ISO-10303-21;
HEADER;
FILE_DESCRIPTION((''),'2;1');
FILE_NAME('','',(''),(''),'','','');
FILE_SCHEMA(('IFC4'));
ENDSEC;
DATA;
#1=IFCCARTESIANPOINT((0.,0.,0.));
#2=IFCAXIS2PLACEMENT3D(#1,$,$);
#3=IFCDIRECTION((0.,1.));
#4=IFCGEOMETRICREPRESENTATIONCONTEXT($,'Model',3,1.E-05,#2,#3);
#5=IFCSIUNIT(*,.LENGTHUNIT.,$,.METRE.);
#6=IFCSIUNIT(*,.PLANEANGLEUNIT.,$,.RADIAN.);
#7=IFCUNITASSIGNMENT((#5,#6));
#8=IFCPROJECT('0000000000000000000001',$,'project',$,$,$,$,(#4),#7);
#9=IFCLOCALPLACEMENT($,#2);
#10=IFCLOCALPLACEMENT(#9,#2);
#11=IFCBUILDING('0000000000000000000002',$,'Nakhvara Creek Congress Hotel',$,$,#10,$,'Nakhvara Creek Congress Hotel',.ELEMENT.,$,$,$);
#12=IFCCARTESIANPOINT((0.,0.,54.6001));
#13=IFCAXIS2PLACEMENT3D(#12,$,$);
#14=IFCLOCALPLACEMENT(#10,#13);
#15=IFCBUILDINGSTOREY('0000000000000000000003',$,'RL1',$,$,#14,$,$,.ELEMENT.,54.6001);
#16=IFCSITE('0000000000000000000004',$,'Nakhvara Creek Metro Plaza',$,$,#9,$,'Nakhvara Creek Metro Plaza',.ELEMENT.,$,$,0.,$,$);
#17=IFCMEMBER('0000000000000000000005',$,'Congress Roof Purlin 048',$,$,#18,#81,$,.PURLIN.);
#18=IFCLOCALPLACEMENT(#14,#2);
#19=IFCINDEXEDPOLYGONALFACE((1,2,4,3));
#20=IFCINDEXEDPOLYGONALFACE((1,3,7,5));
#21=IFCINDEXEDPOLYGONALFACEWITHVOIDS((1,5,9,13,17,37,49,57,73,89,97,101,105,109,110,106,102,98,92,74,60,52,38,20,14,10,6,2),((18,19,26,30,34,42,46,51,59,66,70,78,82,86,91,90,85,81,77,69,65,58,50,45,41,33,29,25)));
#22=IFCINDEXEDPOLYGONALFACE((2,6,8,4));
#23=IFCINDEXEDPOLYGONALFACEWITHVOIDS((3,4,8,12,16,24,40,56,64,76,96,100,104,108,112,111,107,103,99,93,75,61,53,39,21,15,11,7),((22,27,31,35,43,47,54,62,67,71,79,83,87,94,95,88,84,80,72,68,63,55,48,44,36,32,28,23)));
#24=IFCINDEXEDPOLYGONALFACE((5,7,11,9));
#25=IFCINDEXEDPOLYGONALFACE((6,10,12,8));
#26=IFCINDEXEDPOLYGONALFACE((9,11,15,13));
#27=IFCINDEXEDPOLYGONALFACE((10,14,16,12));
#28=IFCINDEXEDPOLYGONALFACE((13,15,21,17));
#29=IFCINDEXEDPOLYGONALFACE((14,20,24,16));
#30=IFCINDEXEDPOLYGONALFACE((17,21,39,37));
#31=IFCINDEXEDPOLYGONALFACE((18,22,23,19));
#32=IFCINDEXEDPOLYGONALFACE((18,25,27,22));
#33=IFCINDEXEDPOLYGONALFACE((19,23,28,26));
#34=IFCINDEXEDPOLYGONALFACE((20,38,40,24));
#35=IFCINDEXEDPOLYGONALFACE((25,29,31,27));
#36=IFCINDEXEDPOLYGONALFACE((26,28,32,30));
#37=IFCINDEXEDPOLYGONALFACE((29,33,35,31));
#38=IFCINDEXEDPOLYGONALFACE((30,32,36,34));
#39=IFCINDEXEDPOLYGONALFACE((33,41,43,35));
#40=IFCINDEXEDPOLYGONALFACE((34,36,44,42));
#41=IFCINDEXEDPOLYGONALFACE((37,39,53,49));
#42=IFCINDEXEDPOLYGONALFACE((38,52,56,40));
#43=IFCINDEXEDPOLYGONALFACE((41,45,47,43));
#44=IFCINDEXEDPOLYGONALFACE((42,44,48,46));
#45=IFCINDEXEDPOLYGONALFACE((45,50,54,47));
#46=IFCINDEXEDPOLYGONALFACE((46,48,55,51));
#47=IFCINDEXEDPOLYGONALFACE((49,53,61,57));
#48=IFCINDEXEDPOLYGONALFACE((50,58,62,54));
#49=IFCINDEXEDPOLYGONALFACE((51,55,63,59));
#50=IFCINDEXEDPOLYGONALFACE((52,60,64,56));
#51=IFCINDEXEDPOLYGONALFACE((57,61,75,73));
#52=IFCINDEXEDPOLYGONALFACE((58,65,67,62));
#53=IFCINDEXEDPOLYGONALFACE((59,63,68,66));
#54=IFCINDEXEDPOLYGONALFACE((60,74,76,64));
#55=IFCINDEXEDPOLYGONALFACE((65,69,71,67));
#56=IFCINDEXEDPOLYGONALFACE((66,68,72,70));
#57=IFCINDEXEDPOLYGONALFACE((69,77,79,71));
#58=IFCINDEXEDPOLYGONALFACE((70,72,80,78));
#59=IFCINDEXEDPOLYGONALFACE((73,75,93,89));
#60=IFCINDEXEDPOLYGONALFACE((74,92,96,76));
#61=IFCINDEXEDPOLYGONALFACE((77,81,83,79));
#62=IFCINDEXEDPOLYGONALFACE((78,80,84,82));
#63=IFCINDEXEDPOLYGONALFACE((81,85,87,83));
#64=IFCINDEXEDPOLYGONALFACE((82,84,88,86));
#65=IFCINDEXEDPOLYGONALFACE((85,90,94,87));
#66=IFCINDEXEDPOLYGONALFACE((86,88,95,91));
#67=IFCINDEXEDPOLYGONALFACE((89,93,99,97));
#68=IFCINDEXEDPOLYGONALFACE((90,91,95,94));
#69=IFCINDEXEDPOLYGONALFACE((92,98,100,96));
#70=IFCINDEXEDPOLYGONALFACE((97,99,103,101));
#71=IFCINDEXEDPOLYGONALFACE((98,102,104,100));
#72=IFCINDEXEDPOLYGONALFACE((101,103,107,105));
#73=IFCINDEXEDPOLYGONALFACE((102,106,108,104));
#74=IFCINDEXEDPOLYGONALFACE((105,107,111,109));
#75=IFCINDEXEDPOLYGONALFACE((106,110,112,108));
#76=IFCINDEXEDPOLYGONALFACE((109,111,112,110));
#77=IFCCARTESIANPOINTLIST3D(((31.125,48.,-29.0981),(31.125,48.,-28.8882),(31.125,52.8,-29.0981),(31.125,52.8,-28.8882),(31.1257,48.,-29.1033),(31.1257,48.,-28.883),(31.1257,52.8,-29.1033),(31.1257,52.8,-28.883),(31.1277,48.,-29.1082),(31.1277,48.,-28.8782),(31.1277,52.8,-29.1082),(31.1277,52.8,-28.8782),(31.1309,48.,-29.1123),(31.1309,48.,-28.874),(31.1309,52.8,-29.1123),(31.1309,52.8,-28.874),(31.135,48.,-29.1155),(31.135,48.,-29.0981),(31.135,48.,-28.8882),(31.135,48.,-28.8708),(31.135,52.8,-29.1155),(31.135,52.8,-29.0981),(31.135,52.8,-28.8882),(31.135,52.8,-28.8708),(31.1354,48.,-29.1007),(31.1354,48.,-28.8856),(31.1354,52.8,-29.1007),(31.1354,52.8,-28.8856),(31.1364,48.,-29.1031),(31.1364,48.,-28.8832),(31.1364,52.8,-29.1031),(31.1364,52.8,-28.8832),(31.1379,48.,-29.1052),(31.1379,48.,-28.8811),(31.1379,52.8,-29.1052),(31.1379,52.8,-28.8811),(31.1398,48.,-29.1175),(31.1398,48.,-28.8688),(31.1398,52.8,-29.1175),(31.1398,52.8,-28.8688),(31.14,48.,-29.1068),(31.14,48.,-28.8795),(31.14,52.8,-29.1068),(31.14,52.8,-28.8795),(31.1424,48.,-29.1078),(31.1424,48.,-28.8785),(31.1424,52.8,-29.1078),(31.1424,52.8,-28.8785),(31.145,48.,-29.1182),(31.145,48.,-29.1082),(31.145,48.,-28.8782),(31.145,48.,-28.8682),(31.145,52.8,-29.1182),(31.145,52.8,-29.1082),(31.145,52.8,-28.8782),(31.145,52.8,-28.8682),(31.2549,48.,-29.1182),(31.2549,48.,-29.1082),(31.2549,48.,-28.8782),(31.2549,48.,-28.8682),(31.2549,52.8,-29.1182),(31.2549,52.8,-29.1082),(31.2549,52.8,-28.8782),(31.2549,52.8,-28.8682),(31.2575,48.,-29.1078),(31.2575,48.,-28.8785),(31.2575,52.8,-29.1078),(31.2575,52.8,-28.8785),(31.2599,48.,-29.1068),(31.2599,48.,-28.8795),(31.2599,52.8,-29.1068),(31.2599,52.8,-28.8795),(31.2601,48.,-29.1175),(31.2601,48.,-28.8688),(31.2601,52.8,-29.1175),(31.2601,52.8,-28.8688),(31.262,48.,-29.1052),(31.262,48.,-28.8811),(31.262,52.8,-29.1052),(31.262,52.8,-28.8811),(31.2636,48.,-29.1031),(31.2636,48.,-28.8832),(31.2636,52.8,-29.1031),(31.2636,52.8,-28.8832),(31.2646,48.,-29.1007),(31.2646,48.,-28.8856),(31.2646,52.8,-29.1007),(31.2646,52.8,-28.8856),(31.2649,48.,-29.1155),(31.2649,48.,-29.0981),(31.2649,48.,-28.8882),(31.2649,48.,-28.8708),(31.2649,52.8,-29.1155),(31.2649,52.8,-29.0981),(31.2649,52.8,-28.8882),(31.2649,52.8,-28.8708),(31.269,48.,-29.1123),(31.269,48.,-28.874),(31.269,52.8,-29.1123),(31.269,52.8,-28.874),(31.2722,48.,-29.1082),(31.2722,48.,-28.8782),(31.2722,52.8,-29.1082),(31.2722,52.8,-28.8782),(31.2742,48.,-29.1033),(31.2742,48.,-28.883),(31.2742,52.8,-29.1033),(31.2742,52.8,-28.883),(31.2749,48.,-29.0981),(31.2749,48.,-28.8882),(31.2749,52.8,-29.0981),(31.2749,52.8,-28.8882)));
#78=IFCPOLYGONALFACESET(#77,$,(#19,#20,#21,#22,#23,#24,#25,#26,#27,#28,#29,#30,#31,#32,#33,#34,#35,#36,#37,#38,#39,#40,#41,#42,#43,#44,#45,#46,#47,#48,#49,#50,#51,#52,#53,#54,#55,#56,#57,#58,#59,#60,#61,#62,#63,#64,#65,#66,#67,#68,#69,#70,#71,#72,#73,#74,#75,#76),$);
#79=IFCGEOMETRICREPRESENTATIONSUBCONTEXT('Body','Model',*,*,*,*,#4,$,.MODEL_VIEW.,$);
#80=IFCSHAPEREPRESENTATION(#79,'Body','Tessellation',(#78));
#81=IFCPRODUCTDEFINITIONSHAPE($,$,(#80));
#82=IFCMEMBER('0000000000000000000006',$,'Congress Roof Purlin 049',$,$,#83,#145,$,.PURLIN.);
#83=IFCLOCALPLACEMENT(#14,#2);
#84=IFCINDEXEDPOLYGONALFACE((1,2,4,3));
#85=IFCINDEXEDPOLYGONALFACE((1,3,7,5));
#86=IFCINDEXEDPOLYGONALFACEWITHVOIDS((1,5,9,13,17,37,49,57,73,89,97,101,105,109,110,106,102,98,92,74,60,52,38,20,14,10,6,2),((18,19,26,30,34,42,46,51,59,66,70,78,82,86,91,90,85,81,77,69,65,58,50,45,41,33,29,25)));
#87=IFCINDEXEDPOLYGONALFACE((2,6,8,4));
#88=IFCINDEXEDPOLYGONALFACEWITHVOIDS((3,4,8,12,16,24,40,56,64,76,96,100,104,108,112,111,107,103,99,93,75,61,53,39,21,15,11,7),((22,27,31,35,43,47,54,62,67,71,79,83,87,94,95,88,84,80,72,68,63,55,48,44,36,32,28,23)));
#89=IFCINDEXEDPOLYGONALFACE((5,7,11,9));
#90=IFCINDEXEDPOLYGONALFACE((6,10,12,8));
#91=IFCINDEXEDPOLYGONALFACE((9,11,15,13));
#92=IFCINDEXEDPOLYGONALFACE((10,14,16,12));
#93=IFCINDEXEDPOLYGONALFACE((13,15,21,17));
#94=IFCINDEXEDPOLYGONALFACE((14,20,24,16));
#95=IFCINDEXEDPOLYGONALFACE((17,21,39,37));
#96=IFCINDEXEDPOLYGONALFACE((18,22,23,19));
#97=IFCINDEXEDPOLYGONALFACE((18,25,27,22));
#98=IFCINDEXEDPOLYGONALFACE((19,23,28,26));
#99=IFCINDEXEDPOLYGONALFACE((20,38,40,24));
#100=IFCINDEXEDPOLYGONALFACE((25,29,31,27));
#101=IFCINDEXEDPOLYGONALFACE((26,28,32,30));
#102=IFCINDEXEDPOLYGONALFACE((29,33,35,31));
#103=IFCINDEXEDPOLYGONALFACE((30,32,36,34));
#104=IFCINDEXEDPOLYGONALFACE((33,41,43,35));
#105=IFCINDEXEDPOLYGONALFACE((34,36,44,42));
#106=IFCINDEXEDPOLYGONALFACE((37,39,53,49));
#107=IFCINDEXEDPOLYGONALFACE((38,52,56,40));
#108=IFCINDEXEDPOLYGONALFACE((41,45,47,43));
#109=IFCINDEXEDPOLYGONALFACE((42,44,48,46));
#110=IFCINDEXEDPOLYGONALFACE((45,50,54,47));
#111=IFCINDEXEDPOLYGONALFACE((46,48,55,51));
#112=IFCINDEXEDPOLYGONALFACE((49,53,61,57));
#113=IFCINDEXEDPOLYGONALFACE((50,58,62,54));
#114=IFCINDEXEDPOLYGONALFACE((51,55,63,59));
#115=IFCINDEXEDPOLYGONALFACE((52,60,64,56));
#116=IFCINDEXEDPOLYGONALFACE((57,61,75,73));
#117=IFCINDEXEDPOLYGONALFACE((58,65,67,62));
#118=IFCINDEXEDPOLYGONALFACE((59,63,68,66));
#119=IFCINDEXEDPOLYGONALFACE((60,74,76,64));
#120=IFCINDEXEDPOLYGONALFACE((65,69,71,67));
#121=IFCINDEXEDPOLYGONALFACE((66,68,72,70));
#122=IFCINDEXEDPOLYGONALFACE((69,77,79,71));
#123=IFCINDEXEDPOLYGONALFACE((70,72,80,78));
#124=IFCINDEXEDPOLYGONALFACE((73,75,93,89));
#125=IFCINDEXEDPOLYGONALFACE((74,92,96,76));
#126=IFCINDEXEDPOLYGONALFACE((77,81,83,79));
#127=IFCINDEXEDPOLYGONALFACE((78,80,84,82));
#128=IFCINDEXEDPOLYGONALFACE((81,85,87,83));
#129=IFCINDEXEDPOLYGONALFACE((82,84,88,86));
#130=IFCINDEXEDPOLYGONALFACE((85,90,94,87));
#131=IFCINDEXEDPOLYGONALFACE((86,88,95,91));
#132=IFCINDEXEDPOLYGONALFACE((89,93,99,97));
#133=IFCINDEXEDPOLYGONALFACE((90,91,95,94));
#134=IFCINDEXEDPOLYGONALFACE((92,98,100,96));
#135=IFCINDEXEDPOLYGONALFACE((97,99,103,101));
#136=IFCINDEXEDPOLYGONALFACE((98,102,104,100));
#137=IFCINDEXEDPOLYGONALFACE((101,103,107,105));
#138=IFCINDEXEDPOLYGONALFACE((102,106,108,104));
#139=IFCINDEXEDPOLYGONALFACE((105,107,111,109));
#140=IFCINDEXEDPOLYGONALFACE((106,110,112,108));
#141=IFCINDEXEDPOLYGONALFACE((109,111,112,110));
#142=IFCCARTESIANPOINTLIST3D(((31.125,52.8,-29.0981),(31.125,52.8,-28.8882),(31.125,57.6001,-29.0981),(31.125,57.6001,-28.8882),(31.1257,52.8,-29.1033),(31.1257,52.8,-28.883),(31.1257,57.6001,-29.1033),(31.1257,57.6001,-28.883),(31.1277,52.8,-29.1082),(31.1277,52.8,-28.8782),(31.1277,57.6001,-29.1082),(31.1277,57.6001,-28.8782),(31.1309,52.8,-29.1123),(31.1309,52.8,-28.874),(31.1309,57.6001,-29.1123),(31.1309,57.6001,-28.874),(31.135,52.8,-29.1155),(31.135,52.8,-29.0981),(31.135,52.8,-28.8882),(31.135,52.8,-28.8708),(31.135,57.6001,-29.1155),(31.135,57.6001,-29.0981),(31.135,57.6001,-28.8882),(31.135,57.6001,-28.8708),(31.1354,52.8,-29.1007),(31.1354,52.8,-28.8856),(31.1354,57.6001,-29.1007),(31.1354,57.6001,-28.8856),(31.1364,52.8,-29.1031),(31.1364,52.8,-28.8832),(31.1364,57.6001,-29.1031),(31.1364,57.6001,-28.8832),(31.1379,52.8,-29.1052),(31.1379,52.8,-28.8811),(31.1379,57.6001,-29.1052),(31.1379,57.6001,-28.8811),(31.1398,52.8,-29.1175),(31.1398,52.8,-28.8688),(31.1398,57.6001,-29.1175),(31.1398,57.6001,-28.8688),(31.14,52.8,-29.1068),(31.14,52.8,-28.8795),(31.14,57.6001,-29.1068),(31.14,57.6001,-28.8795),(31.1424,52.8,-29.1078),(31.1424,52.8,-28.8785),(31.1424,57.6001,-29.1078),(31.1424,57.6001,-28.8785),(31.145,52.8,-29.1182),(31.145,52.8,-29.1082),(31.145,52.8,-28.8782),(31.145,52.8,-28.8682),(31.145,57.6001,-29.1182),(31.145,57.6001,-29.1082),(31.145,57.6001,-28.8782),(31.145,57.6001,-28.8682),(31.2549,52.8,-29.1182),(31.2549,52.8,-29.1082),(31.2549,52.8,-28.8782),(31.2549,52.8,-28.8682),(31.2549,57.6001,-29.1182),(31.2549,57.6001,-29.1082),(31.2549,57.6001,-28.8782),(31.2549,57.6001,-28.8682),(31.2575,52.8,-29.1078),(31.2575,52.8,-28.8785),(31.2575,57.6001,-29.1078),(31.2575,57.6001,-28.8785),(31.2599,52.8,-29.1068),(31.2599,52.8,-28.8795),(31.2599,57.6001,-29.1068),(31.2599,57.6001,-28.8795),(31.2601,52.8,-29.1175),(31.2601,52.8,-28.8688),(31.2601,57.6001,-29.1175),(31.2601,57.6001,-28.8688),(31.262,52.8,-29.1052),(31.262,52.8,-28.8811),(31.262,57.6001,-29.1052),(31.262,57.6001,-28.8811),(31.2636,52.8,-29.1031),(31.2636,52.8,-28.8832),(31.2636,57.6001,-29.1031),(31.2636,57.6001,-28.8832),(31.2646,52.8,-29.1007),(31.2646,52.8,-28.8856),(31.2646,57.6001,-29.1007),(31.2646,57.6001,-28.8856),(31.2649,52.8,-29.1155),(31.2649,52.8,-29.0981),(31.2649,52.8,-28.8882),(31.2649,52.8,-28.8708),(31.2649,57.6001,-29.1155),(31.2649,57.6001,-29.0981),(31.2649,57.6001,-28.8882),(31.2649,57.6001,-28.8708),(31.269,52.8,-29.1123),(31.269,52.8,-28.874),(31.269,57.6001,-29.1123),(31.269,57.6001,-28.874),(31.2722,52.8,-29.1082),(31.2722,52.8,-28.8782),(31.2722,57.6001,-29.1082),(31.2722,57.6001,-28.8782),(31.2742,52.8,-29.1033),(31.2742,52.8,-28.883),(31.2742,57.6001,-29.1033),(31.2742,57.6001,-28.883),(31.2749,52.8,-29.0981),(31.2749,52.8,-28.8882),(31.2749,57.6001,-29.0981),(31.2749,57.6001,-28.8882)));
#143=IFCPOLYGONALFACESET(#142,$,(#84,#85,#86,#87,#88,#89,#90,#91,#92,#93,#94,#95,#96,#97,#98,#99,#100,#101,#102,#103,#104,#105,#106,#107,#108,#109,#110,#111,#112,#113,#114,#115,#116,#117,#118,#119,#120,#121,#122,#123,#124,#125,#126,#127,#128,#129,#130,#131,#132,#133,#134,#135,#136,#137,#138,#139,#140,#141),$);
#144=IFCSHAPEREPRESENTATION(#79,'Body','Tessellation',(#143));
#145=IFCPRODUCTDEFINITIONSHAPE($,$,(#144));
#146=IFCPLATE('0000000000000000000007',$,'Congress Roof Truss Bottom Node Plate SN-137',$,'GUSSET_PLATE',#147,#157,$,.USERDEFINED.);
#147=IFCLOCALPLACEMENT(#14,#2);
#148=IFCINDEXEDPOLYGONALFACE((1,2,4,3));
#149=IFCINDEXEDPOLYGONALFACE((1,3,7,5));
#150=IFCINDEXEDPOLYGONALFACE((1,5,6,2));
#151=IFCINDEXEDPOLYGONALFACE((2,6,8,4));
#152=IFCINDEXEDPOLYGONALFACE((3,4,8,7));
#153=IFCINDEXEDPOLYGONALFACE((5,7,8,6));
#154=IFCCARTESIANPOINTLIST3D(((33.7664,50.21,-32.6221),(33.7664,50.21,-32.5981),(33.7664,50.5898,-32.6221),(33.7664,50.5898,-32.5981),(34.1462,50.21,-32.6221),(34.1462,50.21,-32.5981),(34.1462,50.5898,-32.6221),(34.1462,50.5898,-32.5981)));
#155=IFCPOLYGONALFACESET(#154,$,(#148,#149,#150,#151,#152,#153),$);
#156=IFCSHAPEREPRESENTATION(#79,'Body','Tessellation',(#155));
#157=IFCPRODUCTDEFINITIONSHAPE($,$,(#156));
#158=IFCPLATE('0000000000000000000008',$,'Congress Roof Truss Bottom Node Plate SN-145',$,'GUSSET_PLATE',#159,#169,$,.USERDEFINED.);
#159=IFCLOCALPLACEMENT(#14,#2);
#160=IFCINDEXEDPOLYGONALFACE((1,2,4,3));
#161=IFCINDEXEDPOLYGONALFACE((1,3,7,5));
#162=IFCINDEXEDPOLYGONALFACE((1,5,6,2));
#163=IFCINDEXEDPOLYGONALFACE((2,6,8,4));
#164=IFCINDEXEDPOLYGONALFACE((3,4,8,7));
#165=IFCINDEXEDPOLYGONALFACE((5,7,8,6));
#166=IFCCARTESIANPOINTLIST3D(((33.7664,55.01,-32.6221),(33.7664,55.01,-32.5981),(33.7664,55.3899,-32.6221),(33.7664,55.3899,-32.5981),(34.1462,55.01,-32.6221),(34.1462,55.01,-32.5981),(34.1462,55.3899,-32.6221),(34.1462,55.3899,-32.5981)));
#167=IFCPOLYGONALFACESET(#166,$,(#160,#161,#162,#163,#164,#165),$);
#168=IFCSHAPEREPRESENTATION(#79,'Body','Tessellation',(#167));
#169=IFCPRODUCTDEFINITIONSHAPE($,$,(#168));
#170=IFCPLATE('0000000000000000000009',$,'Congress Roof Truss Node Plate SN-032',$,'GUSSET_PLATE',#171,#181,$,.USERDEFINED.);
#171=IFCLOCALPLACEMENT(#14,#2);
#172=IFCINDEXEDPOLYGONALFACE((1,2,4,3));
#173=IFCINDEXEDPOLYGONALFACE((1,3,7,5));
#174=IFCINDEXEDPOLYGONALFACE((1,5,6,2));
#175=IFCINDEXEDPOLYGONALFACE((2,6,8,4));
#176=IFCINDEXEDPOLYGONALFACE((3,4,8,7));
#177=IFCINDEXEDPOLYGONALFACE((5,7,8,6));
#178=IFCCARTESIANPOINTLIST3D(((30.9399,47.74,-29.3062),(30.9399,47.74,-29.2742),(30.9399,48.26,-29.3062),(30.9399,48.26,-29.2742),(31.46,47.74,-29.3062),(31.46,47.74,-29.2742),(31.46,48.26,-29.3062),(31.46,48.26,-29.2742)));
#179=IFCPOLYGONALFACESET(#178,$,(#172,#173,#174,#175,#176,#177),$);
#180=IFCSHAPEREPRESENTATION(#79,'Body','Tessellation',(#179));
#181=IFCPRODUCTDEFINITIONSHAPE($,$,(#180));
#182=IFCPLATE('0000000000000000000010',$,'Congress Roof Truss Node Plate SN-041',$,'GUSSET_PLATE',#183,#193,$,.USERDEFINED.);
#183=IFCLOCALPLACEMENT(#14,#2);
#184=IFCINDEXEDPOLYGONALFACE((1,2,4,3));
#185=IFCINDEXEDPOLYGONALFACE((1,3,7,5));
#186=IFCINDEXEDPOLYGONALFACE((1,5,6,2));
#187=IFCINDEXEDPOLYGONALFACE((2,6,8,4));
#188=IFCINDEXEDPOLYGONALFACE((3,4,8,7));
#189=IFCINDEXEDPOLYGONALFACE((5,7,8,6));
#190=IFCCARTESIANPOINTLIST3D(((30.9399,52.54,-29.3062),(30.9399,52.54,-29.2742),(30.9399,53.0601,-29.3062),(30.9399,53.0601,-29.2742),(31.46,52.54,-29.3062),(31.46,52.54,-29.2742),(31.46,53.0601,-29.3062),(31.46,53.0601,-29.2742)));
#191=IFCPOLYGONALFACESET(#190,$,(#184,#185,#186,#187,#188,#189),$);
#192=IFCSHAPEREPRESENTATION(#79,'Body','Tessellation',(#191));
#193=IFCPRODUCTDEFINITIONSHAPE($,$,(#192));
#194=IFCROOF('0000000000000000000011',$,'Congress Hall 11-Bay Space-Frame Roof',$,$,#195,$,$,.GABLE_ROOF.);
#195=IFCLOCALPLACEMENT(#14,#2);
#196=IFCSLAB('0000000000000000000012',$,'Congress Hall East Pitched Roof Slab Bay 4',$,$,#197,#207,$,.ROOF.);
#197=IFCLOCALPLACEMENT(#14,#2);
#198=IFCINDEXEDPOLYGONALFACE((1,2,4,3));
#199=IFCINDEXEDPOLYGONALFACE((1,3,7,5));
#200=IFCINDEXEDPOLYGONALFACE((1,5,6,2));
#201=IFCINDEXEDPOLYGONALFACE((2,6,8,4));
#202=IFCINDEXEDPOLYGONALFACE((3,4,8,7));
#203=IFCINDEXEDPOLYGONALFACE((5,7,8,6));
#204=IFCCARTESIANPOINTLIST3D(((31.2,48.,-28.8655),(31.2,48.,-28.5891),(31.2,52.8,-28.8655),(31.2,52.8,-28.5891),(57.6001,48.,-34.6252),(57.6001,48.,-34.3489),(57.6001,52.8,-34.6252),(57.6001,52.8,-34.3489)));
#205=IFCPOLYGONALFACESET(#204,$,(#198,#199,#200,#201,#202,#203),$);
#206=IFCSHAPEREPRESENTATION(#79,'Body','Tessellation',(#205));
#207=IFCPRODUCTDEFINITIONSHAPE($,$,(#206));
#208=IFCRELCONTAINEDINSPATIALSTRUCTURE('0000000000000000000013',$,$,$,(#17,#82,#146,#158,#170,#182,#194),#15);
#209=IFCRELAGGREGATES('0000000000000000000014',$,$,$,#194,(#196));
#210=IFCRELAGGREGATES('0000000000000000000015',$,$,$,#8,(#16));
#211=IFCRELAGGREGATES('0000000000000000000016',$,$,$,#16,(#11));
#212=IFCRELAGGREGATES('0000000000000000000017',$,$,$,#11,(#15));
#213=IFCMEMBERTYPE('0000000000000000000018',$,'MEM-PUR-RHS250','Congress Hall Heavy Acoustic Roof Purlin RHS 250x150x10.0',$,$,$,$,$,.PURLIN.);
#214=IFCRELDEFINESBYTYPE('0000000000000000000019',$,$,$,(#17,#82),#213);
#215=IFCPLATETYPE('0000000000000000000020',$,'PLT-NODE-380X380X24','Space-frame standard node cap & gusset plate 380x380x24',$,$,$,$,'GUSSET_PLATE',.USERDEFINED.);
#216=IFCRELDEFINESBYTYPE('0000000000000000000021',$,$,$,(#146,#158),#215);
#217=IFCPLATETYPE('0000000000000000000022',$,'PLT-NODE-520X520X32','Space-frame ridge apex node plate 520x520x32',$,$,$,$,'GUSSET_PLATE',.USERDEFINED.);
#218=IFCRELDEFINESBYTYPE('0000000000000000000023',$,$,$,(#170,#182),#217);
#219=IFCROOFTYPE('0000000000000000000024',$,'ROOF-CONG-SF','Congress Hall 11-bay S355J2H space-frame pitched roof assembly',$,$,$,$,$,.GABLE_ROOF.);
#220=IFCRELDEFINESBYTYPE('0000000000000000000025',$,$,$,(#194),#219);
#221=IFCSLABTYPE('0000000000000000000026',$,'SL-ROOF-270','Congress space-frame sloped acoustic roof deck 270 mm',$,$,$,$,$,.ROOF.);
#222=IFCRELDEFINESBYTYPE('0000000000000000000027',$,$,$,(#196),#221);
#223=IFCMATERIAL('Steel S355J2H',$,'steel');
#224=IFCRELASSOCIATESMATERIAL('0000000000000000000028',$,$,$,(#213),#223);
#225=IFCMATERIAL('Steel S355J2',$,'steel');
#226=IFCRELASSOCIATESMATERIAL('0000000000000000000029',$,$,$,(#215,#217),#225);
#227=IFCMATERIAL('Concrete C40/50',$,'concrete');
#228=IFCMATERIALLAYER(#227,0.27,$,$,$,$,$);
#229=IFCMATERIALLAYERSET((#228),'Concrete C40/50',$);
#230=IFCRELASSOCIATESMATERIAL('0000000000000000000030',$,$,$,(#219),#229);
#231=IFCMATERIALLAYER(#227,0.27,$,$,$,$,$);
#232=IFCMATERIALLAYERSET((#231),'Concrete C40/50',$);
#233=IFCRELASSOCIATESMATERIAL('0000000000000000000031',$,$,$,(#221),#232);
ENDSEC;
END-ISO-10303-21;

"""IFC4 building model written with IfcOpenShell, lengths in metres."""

from ifc_helpers import new_model, si_unit, direction, frame, origin, origin_2d, place, context, subcontext, project, spatial, polyline, rectangle, hollow_rectangle, outline, extrude, material, layer, layer_set, material_profile, profile_set, type_object, element, aggregate, save


model = new_model("IFC4")

# Units and contexts
model_context = context("Model", 3, precision=1e-05, world=origin(), true_north=direction((0.0, 1.0)))
body_context = subcontext(model_context, "Body", "Model", "MODEL_VIEW")
ifc_project = project(units=[si_unit("LENGTHUNIT", "METRE"), si_unit("PLANEANGLEUNIT", "RADIAN")], contexts=[model_context])

# Site, building, storey
site_placement = place(None, origin())
site = spatial("IfcSite", under=ifc_project, at=site_placement, Name="Nakhvara Creek Metro Plaza", LongName="Nakhvara Creek Metro Plaza", CompositionType="ELEMENT", RefElevation=0.0)
building_placement = place(site_placement, origin())
building = spatial("IfcBuilding", under=site, at=building_placement, Name="Nakhvara Creek Congress Hotel", LongName="Nakhvara Creek Congress Hotel", CompositionType="ELEMENT")
storey_placement = place(building_placement, frame((0.0, 0.0, 54.6001)))
storey = spatial("IfcBuildingStorey", under=building, at=storey_placement, Name="RL1", CompositionType="ELEMENT", Elevation=54.6001)

# Members
ifc_material_1 = material(Name="Steel S355J2H", Category="steel")
ifc_material_profile_1 = material_profile(ifc_material_1, hollow_rectangle(XDim=0.1499, YDim=0.25, WallThickness=0.01, InnerFilletRadius=0.01, OuterFilletRadius=0.02, at=origin_2d()), Name="RHS 250x150x10.0", Category="LoadBearing")
ifc_profile_set_1 = profile_set([ifc_material_profile_1], Name="Steel S355J2H")
member_type_1 = type_object("IfcMemberType", Name="MEM-PUR-RHS250", Description="Congress Hall Heavy Acoustic Roof Purlin RHS 250x150x10.0", PredefinedType="PURLIN", material=ifc_profile_set_1)
for number, where, z_axis, x_axis, name in (
    (1, (31.2, 48.0, -28.9932), (0.0, 1.0, 0.0), (-1.0, 0.0, 0.0), "Congress Roof Purlin 048"),
    (2, (31.2, 52.8, -28.9932), (0.0, 1.0, 0.0), (-1.0, 0.0, 0.0), "Congress Roof Purlin 049"),
):
    element("IfcMember", number, at=place(storey_placement, frame(where, z_axis=z_axis, x_axis=x_axis)), inside=storey, type_object=member_type_1, Name=name, PredefinedType="PURLIN", context=body_context, shape_type="SweptSolid", body=[
        extrude(hollow_rectangle(XDim=0.1499, YDim=0.25, WallThickness=0.01, InnerFilletRadius=0.01, OuterFilletRadius=0.02, at=origin_2d()), origin(), (0.0, 0.0, 1.0), 4.8),
    ])

# Plates
ifc_material_2 = material(Name="Steel S355J2", Category="steel")
plate_type_1 = type_object("IfcPlateType", Name="PLT-NODE-380X380X24", Description="Space-frame standard node cap & gusset plate 380x380x24", ElementType="GUSSET_PLATE", PredefinedType="USERDEFINED", material=ifc_material_2)
for number, where, z_axis, x_axis, name in (
    (3, (33.9563, 50.3999, -32.6221), (0.0, 0.0, 1.0), (1.0, 0.0, 0.0), "Congress Roof Truss Bottom Node Plate SN-137"),
    (4, (33.9563, 55.2, -32.6221), (0.0, 0.0, 1.0), (1.0, 0.0, 0.0), "Congress Roof Truss Bottom Node Plate SN-145"),
):
    element("IfcPlate", number, at=place(storey_placement, frame(where, z_axis=z_axis, x_axis=x_axis)), inside=storey, type_object=plate_type_1, Name=name, ObjectType="GUSSET_PLATE", PredefinedType="USERDEFINED", context=body_context, shape_type="SweptSolid", body=[
        extrude(rectangle(XDim=0.3799, YDim=0.3799, at=origin_2d()), origin(), (0.0, 0.0, 1.0), 0.0239),
    ])
plate_type_2 = type_object("IfcPlateType", Name="PLT-NODE-520X520X32", Description="Space-frame ridge apex node plate 520x520x32", ElementType="GUSSET_PLATE", PredefinedType="USERDEFINED", material=ifc_material_2)
for number, where, z_axis, x_axis, name in (
    (5, (31.2, 48.0, -29.3062), (0.0, 0.0, 1.0), (1.0, 0.0, 0.0), "Congress Roof Truss Node Plate SN-032"),
    (6, (31.2, 52.8, -29.3062), (0.0, 0.0, 1.0), (1.0, 0.0, 0.0), "Congress Roof Truss Node Plate SN-041"),
):
    element("IfcPlate", number, at=place(storey_placement, frame(where, z_axis=z_axis, x_axis=x_axis)), inside=storey, type_object=plate_type_2, Name=name, ObjectType="GUSSET_PLATE", PredefinedType="USERDEFINED", context=body_context, shape_type="SweptSolid", body=[
        extrude(rectangle(XDim=0.52, YDim=0.52, at=origin_2d()), origin(), (0.0, 0.0, 1.0), 0.032),
    ])

# Roof, slab
ifc_material_3 = material(Name="Concrete C40/50", Category="concrete")
ifc_layer_1 = layer(ifc_material_3, 0.27)
ifc_layer_set_1 = layer_set([ifc_layer_1], Name="Concrete C40/50")
roof_type = type_object("IfcRoofType", Name="ROOF-CONG-SF", Description="Congress Hall 11-bay S355J2H space-frame pitched roof assembly", PredefinedType="GABLE_ROOF", material=ifc_layer_set_1)
roof_placement = place(storey_placement, origin())
roof = element("IfcRoof", 7, at=roof_placement, inside=storey, type_object=roof_type, Name="Congress Hall 11-Bay Space-Frame Roof", PredefinedType="GABLE_ROOF")
ifc_layer_2 = layer(ifc_material_3, 0.27)
ifc_layer_set_2 = layer_set([ifc_layer_2], Name="Concrete C40/50")
slab_type = type_object("IfcSlabType", Name="SL-ROOF-270", Description="Congress space-frame sloped acoustic roof deck 270 mm", PredefinedType="ROOF", material=ifc_layer_set_2)
slab_1_placement = place(storey_placement, frame((31.2, 48.0, -28.5891), z_axis=(0.0, 0.0, 1.0), x_axis=(1.0, 0.0, 0.0)))
slab_1 = element("IfcSlab", 8, at=slab_1_placement, type_object=slab_type, Name="Congress Hall East Pitched Roof Slab Bay 4", PredefinedType="ROOF", context=body_context, shape_type="SweptSolid", body=[
    extrude(outline(polyline([(0.0, 0.0), (26.4001, -5.7598), (26.4001, -6.0361), (0.0, -0.2764), (0.0, 0.0)])), frame((0.0, 4.8, 0.0), z_axis=(0.0, -1.0, 0.0), x_axis=(1.0, 0.0, 0.0)), (0.0, 0.0, 1.0), 4.8),
])
aggregate(roof, [slab_1])

save(model, "model.ifc")
